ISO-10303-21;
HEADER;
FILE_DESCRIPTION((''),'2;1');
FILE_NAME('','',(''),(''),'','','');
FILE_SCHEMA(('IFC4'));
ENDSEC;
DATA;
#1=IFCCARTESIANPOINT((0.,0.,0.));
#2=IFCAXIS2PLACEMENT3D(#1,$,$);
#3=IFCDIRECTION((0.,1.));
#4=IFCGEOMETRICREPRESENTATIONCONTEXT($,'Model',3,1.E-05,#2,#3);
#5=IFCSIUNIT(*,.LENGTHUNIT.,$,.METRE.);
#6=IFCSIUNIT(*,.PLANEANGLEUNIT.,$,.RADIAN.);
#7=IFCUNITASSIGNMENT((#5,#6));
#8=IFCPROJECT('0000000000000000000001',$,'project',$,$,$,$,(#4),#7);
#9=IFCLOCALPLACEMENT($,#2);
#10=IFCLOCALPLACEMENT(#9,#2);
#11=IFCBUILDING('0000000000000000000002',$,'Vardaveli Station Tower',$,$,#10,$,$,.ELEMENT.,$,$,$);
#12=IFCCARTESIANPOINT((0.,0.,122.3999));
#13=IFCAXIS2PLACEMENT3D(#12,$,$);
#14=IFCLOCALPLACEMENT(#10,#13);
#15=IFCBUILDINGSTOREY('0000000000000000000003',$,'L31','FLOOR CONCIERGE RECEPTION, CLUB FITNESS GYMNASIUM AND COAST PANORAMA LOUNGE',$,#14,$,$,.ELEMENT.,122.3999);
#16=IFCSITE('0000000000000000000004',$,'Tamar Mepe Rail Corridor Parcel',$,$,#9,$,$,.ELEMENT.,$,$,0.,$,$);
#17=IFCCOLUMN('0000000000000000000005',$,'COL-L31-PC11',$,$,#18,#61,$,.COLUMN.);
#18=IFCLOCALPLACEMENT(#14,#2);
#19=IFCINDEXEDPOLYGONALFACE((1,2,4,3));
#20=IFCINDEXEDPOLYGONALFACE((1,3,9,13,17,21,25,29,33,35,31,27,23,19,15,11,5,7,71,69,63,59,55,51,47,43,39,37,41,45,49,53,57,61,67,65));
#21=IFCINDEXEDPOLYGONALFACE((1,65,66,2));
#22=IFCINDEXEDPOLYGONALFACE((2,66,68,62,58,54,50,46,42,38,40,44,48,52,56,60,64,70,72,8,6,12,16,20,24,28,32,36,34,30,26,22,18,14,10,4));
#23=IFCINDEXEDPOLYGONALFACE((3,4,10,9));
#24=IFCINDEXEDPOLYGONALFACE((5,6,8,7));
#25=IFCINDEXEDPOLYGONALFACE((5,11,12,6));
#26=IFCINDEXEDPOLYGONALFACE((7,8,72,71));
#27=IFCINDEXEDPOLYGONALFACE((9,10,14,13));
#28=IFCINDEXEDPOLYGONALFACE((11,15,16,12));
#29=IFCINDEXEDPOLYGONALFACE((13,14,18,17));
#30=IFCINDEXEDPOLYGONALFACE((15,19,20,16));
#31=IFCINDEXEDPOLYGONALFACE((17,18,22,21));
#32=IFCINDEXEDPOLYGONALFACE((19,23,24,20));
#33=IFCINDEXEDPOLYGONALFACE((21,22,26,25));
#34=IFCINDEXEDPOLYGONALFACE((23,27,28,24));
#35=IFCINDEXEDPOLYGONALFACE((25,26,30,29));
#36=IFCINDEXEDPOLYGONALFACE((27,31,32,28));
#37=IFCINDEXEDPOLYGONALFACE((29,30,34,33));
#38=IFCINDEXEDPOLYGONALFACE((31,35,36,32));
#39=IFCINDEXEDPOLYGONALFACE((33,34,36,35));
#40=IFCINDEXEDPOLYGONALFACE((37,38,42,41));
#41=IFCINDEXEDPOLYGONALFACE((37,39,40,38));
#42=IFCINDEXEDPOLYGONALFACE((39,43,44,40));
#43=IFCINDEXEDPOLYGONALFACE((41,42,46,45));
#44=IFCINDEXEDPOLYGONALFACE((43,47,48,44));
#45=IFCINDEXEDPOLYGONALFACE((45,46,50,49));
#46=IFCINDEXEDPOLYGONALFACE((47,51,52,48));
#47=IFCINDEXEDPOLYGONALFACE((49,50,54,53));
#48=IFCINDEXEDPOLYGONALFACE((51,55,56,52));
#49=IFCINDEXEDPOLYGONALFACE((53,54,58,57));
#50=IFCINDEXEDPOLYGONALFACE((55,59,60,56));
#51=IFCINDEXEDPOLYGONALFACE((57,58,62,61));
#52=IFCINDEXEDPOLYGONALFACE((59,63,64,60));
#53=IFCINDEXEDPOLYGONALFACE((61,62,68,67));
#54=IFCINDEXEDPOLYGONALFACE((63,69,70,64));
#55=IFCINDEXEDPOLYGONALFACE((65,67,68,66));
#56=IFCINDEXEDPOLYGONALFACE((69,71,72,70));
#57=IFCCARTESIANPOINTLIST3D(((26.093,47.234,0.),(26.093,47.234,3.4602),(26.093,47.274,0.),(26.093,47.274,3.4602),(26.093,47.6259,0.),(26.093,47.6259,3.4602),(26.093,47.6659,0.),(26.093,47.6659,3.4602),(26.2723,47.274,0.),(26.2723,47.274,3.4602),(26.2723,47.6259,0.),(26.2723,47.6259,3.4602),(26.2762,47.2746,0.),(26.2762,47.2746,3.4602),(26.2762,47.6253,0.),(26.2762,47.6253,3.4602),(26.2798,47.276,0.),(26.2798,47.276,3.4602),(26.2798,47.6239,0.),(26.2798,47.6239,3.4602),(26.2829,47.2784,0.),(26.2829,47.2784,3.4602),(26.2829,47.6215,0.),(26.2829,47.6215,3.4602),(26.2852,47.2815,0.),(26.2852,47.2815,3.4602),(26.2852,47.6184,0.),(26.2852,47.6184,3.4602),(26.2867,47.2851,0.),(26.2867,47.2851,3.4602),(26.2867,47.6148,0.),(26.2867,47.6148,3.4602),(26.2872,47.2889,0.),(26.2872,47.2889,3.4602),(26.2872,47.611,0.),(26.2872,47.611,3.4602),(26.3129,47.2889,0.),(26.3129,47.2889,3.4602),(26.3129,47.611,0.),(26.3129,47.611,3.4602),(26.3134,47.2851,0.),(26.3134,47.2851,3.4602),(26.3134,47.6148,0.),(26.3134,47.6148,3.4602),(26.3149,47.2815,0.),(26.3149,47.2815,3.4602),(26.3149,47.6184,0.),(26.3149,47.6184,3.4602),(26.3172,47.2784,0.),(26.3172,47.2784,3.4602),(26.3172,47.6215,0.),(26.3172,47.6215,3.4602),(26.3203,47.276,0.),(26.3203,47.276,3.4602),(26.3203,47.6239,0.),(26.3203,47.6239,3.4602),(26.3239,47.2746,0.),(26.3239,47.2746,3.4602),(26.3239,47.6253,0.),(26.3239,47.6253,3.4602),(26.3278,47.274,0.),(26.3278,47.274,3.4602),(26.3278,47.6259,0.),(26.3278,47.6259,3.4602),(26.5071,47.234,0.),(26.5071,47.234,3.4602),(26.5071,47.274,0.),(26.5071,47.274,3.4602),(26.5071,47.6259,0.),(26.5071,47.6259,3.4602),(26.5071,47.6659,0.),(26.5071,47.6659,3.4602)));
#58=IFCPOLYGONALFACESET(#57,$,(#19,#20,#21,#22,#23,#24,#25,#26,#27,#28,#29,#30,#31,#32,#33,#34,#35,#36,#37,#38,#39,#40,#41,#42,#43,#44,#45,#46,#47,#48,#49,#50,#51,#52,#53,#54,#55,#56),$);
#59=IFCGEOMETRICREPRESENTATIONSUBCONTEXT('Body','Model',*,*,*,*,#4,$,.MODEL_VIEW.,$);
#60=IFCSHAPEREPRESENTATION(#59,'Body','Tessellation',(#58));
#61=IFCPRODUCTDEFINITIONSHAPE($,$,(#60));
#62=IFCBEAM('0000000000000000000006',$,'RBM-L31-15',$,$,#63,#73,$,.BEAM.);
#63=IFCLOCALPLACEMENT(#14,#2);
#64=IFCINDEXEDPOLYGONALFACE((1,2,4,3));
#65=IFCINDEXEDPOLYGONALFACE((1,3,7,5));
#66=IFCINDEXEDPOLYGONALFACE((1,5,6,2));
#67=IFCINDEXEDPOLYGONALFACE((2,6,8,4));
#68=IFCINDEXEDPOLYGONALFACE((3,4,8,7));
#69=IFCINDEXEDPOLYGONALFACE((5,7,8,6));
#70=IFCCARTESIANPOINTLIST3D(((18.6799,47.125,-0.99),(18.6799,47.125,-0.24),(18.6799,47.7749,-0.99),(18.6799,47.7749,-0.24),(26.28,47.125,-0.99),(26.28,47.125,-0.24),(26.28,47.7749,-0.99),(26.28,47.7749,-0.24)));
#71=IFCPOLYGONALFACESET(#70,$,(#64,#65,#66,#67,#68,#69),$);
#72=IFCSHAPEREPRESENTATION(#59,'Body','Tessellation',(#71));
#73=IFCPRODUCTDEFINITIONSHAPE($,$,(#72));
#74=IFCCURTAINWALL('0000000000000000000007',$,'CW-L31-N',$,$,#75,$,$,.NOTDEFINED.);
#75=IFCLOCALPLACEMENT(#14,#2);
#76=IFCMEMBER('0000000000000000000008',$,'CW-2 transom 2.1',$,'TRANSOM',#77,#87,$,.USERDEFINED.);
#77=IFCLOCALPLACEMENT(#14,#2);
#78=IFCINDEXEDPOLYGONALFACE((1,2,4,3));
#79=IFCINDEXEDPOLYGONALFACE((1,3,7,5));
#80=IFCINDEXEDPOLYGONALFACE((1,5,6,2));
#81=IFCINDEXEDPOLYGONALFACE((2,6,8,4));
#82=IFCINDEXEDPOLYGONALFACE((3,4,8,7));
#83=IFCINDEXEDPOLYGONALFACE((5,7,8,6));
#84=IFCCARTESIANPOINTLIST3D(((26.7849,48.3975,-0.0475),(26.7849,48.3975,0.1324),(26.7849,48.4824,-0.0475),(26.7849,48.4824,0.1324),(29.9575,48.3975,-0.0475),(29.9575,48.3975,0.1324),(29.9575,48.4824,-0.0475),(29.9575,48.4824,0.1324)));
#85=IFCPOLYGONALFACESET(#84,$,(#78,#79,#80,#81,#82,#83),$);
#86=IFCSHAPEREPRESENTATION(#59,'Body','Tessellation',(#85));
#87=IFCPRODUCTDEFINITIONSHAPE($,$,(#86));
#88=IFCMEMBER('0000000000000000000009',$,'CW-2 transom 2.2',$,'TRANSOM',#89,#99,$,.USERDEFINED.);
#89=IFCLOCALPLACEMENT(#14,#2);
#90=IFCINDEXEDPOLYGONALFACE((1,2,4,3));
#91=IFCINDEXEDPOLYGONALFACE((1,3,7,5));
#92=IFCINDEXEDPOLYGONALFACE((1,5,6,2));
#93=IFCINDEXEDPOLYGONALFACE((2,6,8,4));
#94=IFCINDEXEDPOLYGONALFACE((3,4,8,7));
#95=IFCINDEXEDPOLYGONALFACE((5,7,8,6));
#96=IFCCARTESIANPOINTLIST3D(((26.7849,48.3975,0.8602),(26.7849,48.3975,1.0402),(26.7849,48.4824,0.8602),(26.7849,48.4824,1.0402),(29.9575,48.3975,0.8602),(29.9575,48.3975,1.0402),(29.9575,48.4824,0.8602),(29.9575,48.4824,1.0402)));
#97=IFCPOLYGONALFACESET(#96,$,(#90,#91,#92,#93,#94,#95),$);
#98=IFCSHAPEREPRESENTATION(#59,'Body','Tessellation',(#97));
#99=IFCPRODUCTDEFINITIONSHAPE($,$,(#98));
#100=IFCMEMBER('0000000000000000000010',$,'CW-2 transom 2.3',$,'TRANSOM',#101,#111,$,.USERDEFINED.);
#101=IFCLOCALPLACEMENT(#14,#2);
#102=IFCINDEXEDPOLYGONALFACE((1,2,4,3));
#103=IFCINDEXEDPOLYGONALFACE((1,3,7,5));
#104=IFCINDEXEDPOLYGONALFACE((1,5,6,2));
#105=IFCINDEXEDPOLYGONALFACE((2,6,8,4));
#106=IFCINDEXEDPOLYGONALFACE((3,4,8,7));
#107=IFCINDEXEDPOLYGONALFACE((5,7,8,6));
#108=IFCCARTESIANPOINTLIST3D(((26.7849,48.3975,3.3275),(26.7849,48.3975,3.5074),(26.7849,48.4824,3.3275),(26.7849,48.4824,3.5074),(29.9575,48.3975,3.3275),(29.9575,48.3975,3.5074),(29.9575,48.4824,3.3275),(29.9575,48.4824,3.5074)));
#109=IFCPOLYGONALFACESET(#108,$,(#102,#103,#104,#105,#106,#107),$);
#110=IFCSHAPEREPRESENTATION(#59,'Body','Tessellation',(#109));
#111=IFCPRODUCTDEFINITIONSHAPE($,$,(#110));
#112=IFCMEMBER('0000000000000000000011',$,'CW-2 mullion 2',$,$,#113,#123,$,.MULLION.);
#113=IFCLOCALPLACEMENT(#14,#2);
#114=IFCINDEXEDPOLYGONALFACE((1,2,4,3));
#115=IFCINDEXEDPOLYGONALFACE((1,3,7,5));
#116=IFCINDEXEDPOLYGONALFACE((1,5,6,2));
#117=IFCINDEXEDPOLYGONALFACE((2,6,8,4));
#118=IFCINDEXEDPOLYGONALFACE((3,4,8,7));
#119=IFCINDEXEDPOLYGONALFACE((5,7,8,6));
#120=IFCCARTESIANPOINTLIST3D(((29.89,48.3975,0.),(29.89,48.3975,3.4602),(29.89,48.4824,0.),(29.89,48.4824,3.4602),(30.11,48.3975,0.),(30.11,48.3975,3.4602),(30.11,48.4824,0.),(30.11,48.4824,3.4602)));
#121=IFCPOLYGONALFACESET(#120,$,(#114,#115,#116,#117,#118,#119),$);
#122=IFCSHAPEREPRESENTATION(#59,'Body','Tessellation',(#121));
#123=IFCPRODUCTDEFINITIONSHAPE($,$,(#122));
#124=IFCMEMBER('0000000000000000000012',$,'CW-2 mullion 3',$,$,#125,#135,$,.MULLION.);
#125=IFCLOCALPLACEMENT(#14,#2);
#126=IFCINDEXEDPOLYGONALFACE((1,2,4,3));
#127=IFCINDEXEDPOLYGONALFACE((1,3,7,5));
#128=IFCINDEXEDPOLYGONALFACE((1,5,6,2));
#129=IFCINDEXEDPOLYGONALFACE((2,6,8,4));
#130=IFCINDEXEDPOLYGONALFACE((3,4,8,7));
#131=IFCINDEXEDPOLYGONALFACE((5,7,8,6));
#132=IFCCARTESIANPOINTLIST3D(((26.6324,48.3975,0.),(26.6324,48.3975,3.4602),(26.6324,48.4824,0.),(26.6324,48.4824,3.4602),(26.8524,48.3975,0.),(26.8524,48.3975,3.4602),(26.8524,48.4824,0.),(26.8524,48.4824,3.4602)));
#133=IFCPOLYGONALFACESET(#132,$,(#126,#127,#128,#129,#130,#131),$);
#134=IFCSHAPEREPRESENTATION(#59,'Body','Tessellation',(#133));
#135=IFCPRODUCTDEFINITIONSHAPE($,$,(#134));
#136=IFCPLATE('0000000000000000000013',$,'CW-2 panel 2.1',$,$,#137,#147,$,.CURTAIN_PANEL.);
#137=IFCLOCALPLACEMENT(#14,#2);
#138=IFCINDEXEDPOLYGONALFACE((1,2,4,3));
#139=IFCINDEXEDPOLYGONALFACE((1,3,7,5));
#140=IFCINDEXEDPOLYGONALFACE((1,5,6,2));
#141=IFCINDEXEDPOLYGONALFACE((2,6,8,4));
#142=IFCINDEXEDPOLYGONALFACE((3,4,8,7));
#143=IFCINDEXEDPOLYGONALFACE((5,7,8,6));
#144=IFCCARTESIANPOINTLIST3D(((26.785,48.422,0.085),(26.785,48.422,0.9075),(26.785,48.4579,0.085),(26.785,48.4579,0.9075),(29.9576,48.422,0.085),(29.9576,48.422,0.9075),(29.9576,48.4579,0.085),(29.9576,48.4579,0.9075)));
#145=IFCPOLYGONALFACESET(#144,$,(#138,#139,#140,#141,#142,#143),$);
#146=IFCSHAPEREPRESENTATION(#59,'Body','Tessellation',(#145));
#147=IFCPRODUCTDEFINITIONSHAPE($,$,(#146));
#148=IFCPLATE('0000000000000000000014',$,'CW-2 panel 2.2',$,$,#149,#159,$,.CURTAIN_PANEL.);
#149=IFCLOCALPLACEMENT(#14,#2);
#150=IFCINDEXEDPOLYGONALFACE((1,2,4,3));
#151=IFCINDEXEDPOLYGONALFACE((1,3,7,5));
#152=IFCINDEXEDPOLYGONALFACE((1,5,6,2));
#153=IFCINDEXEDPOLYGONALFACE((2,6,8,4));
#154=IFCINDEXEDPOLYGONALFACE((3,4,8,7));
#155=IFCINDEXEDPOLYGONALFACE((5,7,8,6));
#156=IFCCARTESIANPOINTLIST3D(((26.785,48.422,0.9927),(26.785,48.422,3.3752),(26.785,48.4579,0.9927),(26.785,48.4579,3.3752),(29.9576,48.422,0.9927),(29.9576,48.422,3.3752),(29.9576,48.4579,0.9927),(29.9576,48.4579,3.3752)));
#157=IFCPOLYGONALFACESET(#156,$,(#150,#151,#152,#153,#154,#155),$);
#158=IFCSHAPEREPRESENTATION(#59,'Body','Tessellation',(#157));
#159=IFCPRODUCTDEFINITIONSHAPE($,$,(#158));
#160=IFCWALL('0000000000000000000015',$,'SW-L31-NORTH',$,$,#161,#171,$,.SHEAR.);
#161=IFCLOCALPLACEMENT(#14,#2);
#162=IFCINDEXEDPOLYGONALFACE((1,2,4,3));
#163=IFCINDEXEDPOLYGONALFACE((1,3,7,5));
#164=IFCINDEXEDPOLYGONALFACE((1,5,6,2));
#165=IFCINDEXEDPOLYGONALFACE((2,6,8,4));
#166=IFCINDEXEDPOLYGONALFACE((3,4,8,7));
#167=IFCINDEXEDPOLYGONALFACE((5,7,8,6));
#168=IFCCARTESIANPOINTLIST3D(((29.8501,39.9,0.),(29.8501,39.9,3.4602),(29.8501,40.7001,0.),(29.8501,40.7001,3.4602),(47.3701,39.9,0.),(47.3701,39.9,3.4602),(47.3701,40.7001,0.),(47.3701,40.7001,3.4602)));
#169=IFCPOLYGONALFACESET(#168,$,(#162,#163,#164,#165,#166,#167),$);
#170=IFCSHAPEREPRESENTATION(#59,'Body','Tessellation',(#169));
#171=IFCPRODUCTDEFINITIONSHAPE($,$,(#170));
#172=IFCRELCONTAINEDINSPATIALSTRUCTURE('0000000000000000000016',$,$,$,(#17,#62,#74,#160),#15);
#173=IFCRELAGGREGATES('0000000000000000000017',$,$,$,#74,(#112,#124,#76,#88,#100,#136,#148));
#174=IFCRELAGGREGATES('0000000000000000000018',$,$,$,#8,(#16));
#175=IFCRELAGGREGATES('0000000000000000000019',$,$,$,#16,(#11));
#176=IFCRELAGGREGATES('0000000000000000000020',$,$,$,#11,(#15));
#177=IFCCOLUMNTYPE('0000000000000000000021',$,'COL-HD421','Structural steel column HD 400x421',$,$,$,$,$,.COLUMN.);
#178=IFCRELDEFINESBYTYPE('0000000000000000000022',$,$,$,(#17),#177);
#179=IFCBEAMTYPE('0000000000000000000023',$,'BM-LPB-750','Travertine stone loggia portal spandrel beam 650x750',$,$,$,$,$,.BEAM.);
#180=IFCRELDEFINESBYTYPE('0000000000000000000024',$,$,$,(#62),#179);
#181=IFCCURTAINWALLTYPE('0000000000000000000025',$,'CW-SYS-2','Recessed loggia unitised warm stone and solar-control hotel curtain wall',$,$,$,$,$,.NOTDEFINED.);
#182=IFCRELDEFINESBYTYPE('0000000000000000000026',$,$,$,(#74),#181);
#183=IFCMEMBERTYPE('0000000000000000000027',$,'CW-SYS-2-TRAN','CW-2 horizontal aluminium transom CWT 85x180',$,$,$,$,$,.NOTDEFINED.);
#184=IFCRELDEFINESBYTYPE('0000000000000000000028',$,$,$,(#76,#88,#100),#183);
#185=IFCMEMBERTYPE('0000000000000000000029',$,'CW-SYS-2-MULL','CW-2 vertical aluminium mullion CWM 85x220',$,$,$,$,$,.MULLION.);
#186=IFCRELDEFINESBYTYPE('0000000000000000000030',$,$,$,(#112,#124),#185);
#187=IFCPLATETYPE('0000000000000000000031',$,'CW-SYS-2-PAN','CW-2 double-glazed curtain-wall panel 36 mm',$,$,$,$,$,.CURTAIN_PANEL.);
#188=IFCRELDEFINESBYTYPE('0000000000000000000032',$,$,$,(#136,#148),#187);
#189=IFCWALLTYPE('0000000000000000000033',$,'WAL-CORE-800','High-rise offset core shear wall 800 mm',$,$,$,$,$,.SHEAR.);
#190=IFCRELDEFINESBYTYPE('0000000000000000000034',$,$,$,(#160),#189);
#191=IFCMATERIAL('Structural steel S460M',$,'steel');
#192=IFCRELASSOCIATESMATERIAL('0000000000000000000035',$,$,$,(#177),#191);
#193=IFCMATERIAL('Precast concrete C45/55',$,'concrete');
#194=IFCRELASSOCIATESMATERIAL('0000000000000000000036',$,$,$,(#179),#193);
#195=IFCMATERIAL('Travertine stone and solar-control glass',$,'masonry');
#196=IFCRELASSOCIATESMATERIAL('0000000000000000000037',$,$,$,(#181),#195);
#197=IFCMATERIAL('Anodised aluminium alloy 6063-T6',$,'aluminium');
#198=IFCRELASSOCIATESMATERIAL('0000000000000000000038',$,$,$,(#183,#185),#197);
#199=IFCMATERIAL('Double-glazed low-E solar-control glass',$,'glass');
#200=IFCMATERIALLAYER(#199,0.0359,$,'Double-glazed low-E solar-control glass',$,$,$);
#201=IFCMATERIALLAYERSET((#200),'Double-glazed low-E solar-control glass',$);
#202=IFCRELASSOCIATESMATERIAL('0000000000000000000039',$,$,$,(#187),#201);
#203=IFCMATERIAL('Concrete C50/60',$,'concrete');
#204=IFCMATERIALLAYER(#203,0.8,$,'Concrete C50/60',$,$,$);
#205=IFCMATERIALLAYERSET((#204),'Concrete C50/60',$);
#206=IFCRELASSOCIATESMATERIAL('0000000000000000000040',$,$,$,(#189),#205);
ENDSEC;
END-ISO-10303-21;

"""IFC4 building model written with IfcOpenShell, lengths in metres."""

from ifc_helpers import new_model, si_unit, direction, frame, frame_2d, origin, origin_2d, place, context, subcontext, project, spatial, rectangle, i_section, extrude, source, transform, mapped, material, layer, layer_set, material_profile, profile_set, type_object, element, aggregate, save


model = new_model("IFC4")

# Units and contexts
model_context = context("Model", 3, precision=1e-05, world=origin(), true_north=direction((0.0, 1.0)))
body_context = subcontext(model_context, "Body", "Model", "MODEL_VIEW")
ifc_project = project(units=[si_unit("LENGTHUNIT", "METRE"), si_unit("PLANEANGLEUNIT", "RADIAN")], contexts=[model_context])

# Site, building, storey
site_placement = place(None, origin())
site = spatial("IfcSite", under=ifc_project, at=site_placement, Name="Tamar Mepe Rail Corridor Parcel", CompositionType="ELEMENT", RefElevation=0.0)
building_placement = place(site_placement, origin())
building = spatial("IfcBuilding", under=site, at=building_placement, Name="Vardaveli Station Tower", CompositionType="ELEMENT")
storey_placement = place(building_placement, frame((0.0, 0.0, 122.3999)))
storey = spatial("IfcBuildingStorey", under=building, at=storey_placement, Name="L31", Description="FLOOR CONCIERGE RECEPTION, CLUB FITNESS GYMNASIUM AND COAST PANORAMA LOUNGE", CompositionType="ELEMENT", Elevation=122.3999)

# Column
ifc_material_1 = material(Name="Structural steel S460M", Category="steel")
ifc_material_profile_1 = material_profile(ifc_material_1, i_section(OverallWidth=0.4141, OverallDepth=0.4319, WebThickness=0.0256, FlangeThickness=0.04, FilletRadius=0.0149, at=origin_2d()), Name="HD 400x421")
ifc_profile_set_1 = profile_set([ifc_material_profile_1], Name="Structural steel S460M")
column_type = type_object("IfcColumnType", Name="COL-HD421", Description="Structural steel column HD 400x421", PredefinedType="COLUMN", material=ifc_profile_set_1)
shared_shape_1 = source(origin(), body_context, "Body", "SweptSolid", [
    extrude(i_section(OverallWidth=0.4141, OverallDepth=0.4319, WebThickness=0.0256, FlangeThickness=0.04, FilletRadius=0.0149, at=origin_2d()), origin(), (0.0, 0.0, 1.0), 3.4602),
])
column_placement = place(storey_placement, frame((26.3, 47.45, 0.0), z_axis=(0.0, 0.0, 1.0), x_axis=(1.0, 0.0, 0.0)))
element("IfcColumn", 1, at=column_placement, inside=storey, type_object=column_type, Name="COL-L31-PC11", PredefinedType="COLUMN", context=body_context, shape_type="MappedRepresentation", body=[
    mapped(shared_shape_1, transform((0.0, 0.0, 0.0), scale=1.0)),
])

# Beam
ifc_material_2 = material(Name="Precast concrete C45/55", Category="concrete")
ifc_material_profile_2 = material_profile(ifc_material_2, rectangle(XDim=0.6499, YDim=0.75, at=origin_2d()), Name="LPB 650x750")
ifc_profile_set_2 = profile_set([ifc_material_profile_2], Name="Precast concrete C45/55")
beam_type = type_object("IfcBeamType", Name="BM-LPB-750", Description="Travertine stone loggia portal spandrel beam 650x750", PredefinedType="BEAM", material=ifc_profile_set_2)
shared_shape_2 = source(origin(), body_context, "Body", "SweptSolid", [
    extrude(rectangle(XDim=0.6499, YDim=0.75, at=origin_2d()), origin(), (0.0, 0.0, 1.0), 7.6001),
])
beam_placement = place(storey_placement, frame((26.28, 47.45, -0.615), z_axis=(-1.0, 0.0, 0.0), x_axis=(0.0, -1.0, 0.0)))
element("IfcBeam", 2, at=beam_placement, inside=storey, type_object=beam_type, Name="RBM-L31-15", PredefinedType="BEAM", context=body_context, shape_type="MappedRepresentation", body=[
    mapped(shared_shape_2, transform((0.0, 0.0, 0.0), scale=1.0)),
])

# Curtain wall, members, plates
ifc_material_3 = material(Name="Travertine stone and solar-control glass", Category="masonry")
curtain_wall_type = type_object("IfcCurtainWallType", Name="CW-SYS-2", Description="Recessed loggia unitised warm stone and solar-control hotel curtain wall", PredefinedType="NOTDEFINED", material=ifc_material_3)
curtain_wall_placement = place(storey_placement, origin())
curtain_wall = element("IfcCurtainWall", 3, at=curtain_wall_placement, inside=storey, type_object=curtain_wall_type, Name="CW-L31-N", PredefinedType="NOTDEFINED")
ifc_material_4 = material(Name="Anodised aluminium alloy 6063-T6", Category="aluminium")
ifc_material_profile_3 = material_profile(ifc_material_4, rectangle(XDim=0.085, YDim=0.1799, at=origin_2d()), Name="CWT 85x180")
ifc_profile_set_3 = profile_set([ifc_material_profile_3], Name="Anodised aluminium alloy 6063-T6")
member_type_1 = type_object("IfcMemberType", Name="CW-SYS-2-TRAN", Description="CW-2 horizontal aluminium transom CWT 85x180", PredefinedType="NOTDEFINED", material=ifc_profile_set_3)
shared_shape_3 = source(origin(), body_context, "Body", "SweptSolid", [
    extrude(rectangle(XDim=0.085, YDim=0.1799, at=origin_2d()), origin(), (0.0, 0.0, 1.0), 3.1726),
])
member_1_placement = place(storey_placement, frame((29.9575, 48.4399, 0.0425), z_axis=(-1.0, 0.0, 0.0), x_axis=(0.0, -1.0, 0.0)))
member_1 = element("IfcMember", 4, at=member_1_placement, type_object=member_type_1, Name="CW-2 transom 2.1", ObjectType="TRANSOM", PredefinedType="USERDEFINED", context=body_context, shape_type="MappedRepresentation", body=[
    mapped(shared_shape_3, transform((0.0, 0.0, 0.0), scale=1.0)),
])
member_2_placement = place(storey_placement, frame((29.9575, 48.4399, 0.9502), z_axis=(-1.0, 0.0, 0.0), x_axis=(0.0, -1.0, 0.0)))
member_2 = element("IfcMember", 5, at=member_2_placement, type_object=member_type_1, Name="CW-2 transom 2.2", ObjectType="TRANSOM", PredefinedType="USERDEFINED", context=body_context, shape_type="MappedRepresentation", body=[
    mapped(shared_shape_3, transform((0.0, 0.0, 0.0), scale=1.0)),
])
member_3_placement = place(storey_placement, frame((29.9575, 48.4399, 3.4175), z_axis=(-1.0, 0.0, 0.0), x_axis=(0.0, -1.0, 0.0)))
member_3 = element("IfcMember", 6, at=member_3_placement, type_object=member_type_1, Name="CW-2 transom 2.3", ObjectType="TRANSOM", PredefinedType="USERDEFINED", context=body_context, shape_type="MappedRepresentation", body=[
    mapped(shared_shape_3, transform((0.0, 0.0, 0.0), scale=1.0)),
])
ifc_material_profile_4 = material_profile(ifc_material_4, rectangle(XDim=0.085, YDim=0.22, at=origin_2d()), Name="CWM 85x220")
ifc_profile_set_4 = profile_set([ifc_material_profile_4], Name="Anodised aluminium alloy 6063-T6")
member_type_2 = type_object("IfcMemberType", Name="CW-SYS-2-MULL", Description="CW-2 vertical aluminium mullion CWM 85x220", PredefinedType="MULLION", material=ifc_profile_set_4)
shared_shape_4 = source(origin(), body_context, "Body", "SweptSolid", [
    extrude(rectangle(XDim=0.085, YDim=0.22, at=origin_2d()), origin(), (0.0, 0.0, 1.0), 3.4602),
])
member_4_placement = place(storey_placement, frame((30.0, 48.4399, 0.0), z_axis=(0.0, 0.0, 1.0), x_axis=(0.0, -1.0, 0.0)))
member_4 = element("IfcMember", 7, at=member_4_placement, type_object=member_type_2, Name="CW-2 mullion 2", PredefinedType="MULLION", context=body_context, shape_type="MappedRepresentation", body=[
    mapped(shared_shape_4, transform((0.0, 0.0, 0.0), scale=1.0)),
])
member_5_placement = place(storey_placement, frame((26.7424, 48.4399, 0.0), z_axis=(0.0, 0.0, 1.0), x_axis=(0.0, -1.0, 0.0)))
member_5 = element("IfcMember", 8, at=member_5_placement, type_object=member_type_2, Name="CW-2 mullion 3", PredefinedType="MULLION", context=body_context, shape_type="MappedRepresentation", body=[
    mapped(shared_shape_4, transform((0.0, 0.0, 0.0), scale=1.0)),
])
ifc_material_5 = material(Name="Double-glazed low-E solar-control glass", Category="glass")
ifc_layer_1 = layer(ifc_material_5, 0.0359, Name="Double-glazed low-E solar-control glass")
ifc_layer_set_1 = layer_set([ifc_layer_1], Name="Double-glazed low-E solar-control glass")
plate_type = type_object("IfcPlateType", Name="CW-SYS-2-PAN", Description="CW-2 double-glazed curtain-wall panel 36 mm", PredefinedType="CURTAIN_PANEL", material=ifc_layer_set_1)
shared_shape_5 = source(origin(), body_context, "Body", "SweptSolid", [
    extrude(rectangle(XDim=3.1726, YDim=0.0359, at=origin_2d()), origin(), (0.0, 0.0, 1.0), 0.8225),
])
plate_1_placement = place(storey_placement, frame((28.3713, 48.4399, 0.085), z_axis=(0.0, 0.0, 1.0), x_axis=(-1.0, 0.0, 0.0)))
plate_1 = element("IfcPlate", 9, at=plate_1_placement, type_object=plate_type, Name="CW-2 panel 2.1", PredefinedType="CURTAIN_PANEL", context=body_context, shape_type="MappedRepresentation", body=[
    mapped(shared_shape_5, transform((0.0, 0.0, 0.0), scale=1.0)),
])
shared_shape_6 = source(origin(), body_context, "Body", "SweptSolid", [
    extrude(rectangle(XDim=3.1726, YDim=0.0359, at=origin_2d()), origin(), (0.0, 0.0, 1.0), 2.3826),
])
plate_2_placement = place(storey_placement, frame((28.3713, 48.4399, 0.9927), z_axis=(0.0, 0.0, 1.0), x_axis=(-1.0, 0.0, 0.0)))
plate_2 = element("IfcPlate", 10, at=plate_2_placement, type_object=plate_type, Name="CW-2 panel 2.2", PredefinedType="CURTAIN_PANEL", context=body_context, shape_type="MappedRepresentation", body=[
    mapped(shared_shape_6, transform((0.0, 0.0, 0.0), scale=1.0)),
])
aggregate(curtain_wall, [member_4, member_5, member_1, member_2, member_3, plate_1, plate_2])

# Wall
ifc_material_6 = material(Name="Concrete C50/60", Category="concrete")
ifc_layer_2 = layer(ifc_material_6, 0.8, Name="Concrete C50/60")
ifc_layer_set_2 = layer_set([ifc_layer_2], Name="Concrete C50/60")
wall_type_1 = type_object("IfcWallType", Name="WAL-CORE-800", Description="High-rise offset core shear wall 800 mm", PredefinedType="SHEAR", material=ifc_layer_set_2)
shared_shape_7 = source(origin(), body_context, "Body", "SweptSolid", [
    extrude(rectangle(XDim=17.52, YDim=0.8, at=frame_2d((8.76, 0.0))), origin(), (0.0, 0.0, 1.0), 3.4602),
])
wall_1_placement = place(storey_placement, frame((29.8501, 40.3, 0.0), z_axis=(0.0, 0.0, 1.0), x_axis=(1.0, 0.0, 0.0)))
element("IfcWall", 11, at=wall_1_placement, inside=storey, type_object=wall_type_1, Name="SW-L31-NORTH", PredefinedType="SHEAR", context=body_context, shape_type="MappedRepresentation", body=[
    mapped(shared_shape_7, transform((0.0, 0.0, 0.0), scale=1.0)),
])

save(model, "model.ifc")
